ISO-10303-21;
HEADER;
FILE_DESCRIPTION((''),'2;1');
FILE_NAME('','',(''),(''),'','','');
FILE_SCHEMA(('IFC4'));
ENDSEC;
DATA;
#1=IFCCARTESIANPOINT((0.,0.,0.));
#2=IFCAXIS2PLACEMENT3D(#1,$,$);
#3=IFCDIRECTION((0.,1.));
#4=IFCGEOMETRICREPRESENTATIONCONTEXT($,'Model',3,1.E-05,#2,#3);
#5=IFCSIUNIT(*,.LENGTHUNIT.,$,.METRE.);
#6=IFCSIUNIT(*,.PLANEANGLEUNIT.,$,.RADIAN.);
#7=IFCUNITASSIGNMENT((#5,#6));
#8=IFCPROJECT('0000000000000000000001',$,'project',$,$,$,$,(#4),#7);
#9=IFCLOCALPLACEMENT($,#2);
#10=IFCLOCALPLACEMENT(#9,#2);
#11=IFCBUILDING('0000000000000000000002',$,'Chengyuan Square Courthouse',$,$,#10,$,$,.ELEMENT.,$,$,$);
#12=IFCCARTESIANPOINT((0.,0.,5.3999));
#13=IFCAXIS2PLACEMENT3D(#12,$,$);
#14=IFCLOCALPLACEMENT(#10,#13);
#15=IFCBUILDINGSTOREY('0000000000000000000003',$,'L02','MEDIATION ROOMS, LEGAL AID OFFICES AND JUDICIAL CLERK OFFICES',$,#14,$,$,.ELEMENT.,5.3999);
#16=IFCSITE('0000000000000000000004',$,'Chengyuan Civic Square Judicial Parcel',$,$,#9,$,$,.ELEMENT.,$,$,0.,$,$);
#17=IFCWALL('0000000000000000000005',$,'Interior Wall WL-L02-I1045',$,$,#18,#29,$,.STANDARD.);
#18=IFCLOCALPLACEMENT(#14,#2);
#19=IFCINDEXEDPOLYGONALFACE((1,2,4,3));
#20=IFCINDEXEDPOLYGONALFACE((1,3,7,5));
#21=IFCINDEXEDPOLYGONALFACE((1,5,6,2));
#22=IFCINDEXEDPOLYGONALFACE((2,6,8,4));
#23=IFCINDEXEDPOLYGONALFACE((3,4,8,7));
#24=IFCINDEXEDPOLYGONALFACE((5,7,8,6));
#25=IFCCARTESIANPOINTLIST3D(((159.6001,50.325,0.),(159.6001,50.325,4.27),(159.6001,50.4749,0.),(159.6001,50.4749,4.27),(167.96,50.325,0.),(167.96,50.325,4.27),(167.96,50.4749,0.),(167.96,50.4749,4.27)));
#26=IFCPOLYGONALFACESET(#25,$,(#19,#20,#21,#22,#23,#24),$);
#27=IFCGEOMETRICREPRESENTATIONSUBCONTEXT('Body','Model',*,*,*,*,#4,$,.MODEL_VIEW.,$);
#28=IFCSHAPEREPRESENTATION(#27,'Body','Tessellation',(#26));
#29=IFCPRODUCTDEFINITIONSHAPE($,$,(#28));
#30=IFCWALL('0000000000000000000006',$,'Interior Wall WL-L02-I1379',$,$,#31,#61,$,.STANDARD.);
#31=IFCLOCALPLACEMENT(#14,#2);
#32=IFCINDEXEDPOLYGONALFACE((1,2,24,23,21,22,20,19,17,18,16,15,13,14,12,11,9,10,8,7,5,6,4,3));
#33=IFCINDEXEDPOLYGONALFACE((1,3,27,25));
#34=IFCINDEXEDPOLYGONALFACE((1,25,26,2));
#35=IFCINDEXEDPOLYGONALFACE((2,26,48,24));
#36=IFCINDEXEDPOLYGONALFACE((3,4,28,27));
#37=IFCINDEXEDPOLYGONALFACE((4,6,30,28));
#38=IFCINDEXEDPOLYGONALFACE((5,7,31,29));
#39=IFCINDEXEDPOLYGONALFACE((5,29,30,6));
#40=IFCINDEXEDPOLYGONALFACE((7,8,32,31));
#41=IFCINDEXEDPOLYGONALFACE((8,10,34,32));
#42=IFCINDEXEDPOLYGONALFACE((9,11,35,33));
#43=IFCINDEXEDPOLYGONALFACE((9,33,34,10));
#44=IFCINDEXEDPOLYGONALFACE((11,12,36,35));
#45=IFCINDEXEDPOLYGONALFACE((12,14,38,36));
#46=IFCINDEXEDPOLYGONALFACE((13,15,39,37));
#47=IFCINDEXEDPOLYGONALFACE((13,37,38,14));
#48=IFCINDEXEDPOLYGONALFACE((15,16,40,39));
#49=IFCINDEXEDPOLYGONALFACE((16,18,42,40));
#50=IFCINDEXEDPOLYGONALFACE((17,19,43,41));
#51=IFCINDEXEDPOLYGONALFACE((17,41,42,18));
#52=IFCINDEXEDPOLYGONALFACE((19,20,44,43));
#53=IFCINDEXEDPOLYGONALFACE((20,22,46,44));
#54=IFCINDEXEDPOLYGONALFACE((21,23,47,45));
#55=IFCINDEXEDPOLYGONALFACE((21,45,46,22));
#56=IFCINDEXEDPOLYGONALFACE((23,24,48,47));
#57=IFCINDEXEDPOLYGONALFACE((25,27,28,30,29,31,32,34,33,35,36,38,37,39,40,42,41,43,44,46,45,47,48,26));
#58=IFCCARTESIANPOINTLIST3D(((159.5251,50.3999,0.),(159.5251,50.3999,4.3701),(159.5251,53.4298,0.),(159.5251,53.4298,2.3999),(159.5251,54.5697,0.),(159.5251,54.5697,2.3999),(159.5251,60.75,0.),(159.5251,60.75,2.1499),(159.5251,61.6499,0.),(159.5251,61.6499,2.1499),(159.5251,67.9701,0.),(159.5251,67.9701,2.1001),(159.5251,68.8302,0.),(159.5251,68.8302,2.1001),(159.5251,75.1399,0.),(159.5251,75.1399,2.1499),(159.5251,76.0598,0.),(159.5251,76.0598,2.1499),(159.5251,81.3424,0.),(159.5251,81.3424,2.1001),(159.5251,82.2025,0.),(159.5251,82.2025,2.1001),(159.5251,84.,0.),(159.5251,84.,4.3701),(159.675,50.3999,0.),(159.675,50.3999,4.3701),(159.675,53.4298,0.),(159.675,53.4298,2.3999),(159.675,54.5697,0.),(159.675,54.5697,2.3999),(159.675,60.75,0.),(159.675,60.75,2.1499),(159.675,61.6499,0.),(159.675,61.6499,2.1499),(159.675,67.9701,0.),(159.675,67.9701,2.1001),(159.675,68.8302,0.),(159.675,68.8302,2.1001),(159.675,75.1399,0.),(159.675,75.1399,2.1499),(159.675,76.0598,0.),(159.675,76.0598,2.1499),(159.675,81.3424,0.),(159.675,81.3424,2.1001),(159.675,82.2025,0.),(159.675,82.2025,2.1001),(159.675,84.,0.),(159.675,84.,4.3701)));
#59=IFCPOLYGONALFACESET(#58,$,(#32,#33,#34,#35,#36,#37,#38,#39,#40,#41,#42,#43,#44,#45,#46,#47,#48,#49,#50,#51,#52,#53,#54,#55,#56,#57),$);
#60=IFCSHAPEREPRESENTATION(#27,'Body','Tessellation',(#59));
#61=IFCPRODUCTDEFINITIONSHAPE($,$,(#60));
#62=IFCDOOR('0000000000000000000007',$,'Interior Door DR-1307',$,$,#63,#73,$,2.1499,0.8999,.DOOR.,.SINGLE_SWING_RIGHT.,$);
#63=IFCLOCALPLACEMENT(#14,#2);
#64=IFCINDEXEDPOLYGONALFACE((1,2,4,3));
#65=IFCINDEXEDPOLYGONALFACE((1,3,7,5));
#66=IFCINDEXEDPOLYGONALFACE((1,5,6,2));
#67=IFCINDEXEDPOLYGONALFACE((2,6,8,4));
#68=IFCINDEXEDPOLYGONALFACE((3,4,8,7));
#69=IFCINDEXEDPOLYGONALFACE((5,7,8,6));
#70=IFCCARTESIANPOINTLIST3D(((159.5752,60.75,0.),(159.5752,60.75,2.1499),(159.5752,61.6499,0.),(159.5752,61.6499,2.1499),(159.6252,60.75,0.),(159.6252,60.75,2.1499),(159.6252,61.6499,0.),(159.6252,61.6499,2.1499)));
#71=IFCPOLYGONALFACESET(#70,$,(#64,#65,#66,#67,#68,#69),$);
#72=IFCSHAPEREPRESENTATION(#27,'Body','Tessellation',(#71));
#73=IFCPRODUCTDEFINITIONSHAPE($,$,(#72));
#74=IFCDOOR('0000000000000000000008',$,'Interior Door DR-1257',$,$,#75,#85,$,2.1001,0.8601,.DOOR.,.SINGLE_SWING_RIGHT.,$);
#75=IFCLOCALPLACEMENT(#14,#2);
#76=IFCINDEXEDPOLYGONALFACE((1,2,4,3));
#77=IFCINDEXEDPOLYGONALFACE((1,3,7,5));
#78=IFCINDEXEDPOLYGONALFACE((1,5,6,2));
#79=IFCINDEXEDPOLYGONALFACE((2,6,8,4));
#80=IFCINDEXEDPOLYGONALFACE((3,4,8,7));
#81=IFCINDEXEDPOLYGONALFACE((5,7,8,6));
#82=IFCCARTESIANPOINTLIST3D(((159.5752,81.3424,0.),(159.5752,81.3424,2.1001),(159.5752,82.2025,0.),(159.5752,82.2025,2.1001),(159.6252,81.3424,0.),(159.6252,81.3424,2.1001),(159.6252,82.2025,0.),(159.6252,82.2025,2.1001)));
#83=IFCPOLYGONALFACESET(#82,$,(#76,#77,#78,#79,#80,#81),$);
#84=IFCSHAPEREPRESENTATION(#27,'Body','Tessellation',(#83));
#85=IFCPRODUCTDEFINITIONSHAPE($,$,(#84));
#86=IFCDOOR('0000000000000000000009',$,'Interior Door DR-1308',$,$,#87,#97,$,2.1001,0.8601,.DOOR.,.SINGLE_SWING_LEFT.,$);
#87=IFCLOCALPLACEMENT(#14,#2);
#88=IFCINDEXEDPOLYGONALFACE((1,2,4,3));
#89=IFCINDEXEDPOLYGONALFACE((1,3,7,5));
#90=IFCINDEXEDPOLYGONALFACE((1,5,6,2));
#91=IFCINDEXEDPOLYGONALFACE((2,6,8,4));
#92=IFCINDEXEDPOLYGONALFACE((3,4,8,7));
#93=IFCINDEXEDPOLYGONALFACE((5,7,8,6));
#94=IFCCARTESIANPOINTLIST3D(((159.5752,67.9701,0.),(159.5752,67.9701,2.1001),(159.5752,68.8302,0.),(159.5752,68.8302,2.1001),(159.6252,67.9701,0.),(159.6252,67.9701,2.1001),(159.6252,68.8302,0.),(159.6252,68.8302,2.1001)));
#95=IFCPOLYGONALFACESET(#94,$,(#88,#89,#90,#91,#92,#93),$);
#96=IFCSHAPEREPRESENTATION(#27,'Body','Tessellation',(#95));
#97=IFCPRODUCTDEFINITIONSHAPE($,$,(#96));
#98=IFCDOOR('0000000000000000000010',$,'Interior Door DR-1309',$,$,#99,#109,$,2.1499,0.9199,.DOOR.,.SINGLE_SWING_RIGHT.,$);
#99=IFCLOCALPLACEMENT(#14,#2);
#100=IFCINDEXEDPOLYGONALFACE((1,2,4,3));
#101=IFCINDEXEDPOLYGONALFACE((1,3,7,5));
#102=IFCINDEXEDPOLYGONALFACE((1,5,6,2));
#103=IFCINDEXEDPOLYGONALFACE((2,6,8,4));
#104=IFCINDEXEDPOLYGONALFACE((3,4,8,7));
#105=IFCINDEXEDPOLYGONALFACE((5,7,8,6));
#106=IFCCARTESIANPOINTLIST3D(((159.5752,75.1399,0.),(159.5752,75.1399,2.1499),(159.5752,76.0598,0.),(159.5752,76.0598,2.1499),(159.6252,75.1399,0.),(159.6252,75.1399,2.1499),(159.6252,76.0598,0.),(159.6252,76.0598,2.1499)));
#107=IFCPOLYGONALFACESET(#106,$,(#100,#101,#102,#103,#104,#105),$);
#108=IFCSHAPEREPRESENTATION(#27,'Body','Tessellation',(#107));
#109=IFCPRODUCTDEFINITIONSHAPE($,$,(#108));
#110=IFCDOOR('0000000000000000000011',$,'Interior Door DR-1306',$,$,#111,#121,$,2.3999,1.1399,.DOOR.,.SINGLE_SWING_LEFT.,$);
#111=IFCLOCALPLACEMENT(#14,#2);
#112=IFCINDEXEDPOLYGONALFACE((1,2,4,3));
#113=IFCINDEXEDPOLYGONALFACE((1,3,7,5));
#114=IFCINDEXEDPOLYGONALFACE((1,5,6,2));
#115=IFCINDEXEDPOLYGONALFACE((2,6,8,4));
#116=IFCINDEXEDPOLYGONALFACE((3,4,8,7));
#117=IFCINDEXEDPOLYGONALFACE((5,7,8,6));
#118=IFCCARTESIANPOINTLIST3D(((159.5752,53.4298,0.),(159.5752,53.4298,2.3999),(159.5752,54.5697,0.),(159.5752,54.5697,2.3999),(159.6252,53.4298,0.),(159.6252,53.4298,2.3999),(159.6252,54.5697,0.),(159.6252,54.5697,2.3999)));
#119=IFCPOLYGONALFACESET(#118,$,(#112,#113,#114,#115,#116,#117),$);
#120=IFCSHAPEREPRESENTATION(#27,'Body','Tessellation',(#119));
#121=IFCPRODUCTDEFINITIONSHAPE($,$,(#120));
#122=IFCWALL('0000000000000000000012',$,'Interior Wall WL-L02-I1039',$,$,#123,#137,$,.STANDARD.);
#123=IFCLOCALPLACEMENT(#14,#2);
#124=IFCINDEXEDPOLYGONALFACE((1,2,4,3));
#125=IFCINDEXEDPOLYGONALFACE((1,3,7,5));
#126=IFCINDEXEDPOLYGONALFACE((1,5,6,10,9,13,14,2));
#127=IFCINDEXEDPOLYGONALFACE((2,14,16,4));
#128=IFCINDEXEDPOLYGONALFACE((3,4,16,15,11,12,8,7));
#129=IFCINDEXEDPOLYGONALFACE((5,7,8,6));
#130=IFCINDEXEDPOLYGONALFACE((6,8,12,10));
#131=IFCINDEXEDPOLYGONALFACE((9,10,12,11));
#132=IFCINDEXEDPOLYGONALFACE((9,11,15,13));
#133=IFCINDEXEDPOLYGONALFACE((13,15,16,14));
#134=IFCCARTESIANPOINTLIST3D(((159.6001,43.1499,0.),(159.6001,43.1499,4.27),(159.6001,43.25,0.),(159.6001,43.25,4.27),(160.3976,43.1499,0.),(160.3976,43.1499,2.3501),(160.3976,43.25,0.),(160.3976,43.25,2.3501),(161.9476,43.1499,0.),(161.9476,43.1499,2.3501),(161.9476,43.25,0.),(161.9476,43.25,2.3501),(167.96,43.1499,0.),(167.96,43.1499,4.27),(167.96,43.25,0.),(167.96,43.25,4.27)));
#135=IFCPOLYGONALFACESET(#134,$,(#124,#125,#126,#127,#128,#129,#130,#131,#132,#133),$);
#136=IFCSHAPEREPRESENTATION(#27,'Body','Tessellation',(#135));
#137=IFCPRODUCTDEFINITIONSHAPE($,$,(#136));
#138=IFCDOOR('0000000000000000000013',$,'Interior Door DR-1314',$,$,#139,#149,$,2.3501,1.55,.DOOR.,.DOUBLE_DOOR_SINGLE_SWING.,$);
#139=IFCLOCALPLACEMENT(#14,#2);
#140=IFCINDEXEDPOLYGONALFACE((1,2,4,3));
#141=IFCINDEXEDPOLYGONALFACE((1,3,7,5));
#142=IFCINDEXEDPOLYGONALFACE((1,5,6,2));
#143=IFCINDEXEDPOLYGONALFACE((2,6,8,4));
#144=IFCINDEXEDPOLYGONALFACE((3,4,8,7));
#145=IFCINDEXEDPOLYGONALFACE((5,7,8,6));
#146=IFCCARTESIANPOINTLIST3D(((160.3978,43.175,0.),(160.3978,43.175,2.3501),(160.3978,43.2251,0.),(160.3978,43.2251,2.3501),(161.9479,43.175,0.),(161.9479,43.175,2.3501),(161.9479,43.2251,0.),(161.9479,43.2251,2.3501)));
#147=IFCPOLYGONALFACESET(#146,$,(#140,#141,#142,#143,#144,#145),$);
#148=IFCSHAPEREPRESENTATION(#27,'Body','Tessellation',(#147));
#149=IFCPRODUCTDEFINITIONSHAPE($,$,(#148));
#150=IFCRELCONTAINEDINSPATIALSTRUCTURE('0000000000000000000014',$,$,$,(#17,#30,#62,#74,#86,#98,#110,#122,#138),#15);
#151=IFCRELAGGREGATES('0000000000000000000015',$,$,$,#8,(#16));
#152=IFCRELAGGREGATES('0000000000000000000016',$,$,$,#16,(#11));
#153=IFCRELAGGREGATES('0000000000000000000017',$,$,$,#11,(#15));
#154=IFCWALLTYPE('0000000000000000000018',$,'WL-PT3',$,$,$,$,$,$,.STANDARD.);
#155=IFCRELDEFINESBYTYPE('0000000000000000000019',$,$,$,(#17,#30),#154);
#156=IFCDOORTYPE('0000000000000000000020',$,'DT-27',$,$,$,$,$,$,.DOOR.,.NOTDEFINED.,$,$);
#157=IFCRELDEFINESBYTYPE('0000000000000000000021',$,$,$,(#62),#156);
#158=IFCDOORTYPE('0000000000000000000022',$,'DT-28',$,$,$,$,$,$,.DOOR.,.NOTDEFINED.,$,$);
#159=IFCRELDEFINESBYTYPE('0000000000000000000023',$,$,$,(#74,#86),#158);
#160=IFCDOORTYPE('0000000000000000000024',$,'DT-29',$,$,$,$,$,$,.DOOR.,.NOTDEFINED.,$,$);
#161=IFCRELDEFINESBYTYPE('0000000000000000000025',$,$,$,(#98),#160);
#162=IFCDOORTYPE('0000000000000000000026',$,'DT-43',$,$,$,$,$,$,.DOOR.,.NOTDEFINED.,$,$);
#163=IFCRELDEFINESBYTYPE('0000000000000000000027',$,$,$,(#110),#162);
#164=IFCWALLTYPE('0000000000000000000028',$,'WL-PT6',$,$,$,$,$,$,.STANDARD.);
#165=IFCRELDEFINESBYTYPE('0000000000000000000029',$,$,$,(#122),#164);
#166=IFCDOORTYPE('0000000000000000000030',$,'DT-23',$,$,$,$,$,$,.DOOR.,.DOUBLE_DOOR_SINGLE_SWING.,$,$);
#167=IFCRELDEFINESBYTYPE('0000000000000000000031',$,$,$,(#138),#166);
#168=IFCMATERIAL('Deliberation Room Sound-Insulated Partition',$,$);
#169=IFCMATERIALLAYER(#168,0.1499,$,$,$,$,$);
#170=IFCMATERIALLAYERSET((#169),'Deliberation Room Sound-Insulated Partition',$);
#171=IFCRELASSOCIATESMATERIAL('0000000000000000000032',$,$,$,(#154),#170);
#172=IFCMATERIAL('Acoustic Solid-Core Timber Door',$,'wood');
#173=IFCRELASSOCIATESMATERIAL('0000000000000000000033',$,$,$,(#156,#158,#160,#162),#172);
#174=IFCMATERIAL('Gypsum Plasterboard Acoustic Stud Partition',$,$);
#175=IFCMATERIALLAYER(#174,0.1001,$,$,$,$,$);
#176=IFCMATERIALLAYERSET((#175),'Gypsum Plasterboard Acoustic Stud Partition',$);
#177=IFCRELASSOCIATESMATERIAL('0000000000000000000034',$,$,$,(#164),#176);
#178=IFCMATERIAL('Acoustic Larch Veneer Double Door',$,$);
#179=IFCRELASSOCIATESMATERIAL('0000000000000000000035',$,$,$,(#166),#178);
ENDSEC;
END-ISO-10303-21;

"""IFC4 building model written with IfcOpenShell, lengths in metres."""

from ifc_helpers import new_model, si_unit, direction, frame, frame_2d, origin, place, context, subcontext, project, spatial, rectangle, extrude, material, layer, layer_set, type_object, element, fill, save


model = new_model("IFC4")

# Units and contexts
model_context = context("Model", 3, precision=1e-05, world=origin(), true_north=direction((0.0, 1.0)))
body_context = subcontext(model_context, "Body", "Model", "MODEL_VIEW")
ifc_project = project(units=[si_unit("LENGTHUNIT", "METRE"), si_unit("PLANEANGLEUNIT", "RADIAN")], contexts=[model_context])

# Site, building, storey
site_placement = place(None, origin())
site = spatial("IfcSite", under=ifc_project, at=site_placement, Name="Chengyuan Civic Square Judicial Parcel", CompositionType="ELEMENT", RefElevation=0.0)
building_placement = place(site_placement, origin())
building = spatial("IfcBuilding", under=site, at=building_placement, Name="Chengyuan Square Courthouse", CompositionType="ELEMENT")
storey_placement = place(building_placement, frame((0.0, 0.0, 5.3999)))
storey = spatial("IfcBuildingStorey", under=building, at=storey_placement, Name="L02", Description="MEDIATION ROOMS, LEGAL AID OFFICES AND JUDICIAL CLERK OFFICES", CompositionType="ELEMENT", Elevation=5.3999)

# Wall
ifc_material_1 = material(Name="Deliberation Room Sound-Insulated Partition")
ifc_layer_1 = layer(ifc_material_1, 0.1499)
ifc_layer_set_1 = layer_set([ifc_layer_1], Name="Deliberation Room Sound-Insulated Partition")
wall_type_1 = type_object("IfcWallType", Name="WL-PT3", PredefinedType="STANDARD", material=ifc_layer_set_1)
wall_1_placement = place(storey_placement, frame((159.6001, 50.3999, 0.0), z_axis=(0.0, 0.0, 1.0), x_axis=(1.0, 0.0, 0.0)))
element("IfcWall", 1, at=wall_1_placement, inside=storey, type_object=wall_type_1, Name="Interior Wall WL-L02-I1045", PredefinedType="STANDARD", context=body_context, shape_type="SweptSolid", body=[
    extrude(rectangle(XDim=8.3599, YDim=0.1499, at=frame_2d((4.1799, 0.0))), origin(), (0.0, 0.0, 1.0), 4.27),
])

# Wall, openings, doors
wall_2_placement = place(storey_placement, frame((159.6001, 50.3999, 0.0), z_axis=(0.0, 0.0, 1.0), x_axis=(0.0, 1.0, 0.0)))
wall_2 = element("IfcWall", 2, at=wall_2_placement, inside=storey, type_object=wall_type_1, Name="Interior Wall WL-L02-I1379", PredefinedType="STANDARD", context=body_context, shape_type="SweptSolid", body=[
    extrude(rectangle(XDim=33.6001, YDim=0.1499, at=frame_2d((16.8, 0.0))), origin(), (0.0, 0.0, 1.0), 4.3701),
])
opening_1_placement = place(wall_2_placement, frame((30.9424, 0.0, 0.0)))
opening_1 = element("IfcOpeningElement", 3, at=opening_1_placement, cuts=wall_2, PredefinedType="OPENING", context=body_context, shape_type="SweptSolid", body=[
    extrude(rectangle(XDim=0.8601, YDim=2.1001, at=frame_2d((0.4302, 1.05))), frame((0.0, 0.0869, 0.0), z_axis=(0.0, -1.0, 0.0), x_axis=(1.0, 0.0, 0.0)), (0.0, 0.0, 1.0), 0.1738),
])
opening_2_placement = place(wall_2_placement, frame((3.03, 0.0, 0.0)))
opening_2 = element("IfcOpeningElement", 4, at=opening_2_placement, cuts=wall_2, PredefinedType="OPENING", context=body_context, shape_type="SweptSolid", body=[
    extrude(rectangle(XDim=1.1399, YDim=2.3999, at=frame_2d((0.5698, 1.2))), frame((0.0, 0.0869, 0.0), z_axis=(0.0, -1.0, 0.0), x_axis=(1.0, 0.0, 0.0)), (0.0, 0.0, 1.0), 0.1738),
])
opening_3_placement = place(wall_2_placement, frame((10.3501, 0.0, 0.0)))
opening_3 = element("IfcOpeningElement", 5, at=opening_3_placement, cuts=wall_2, PredefinedType="OPENING", context=body_context, shape_type="SweptSolid", body=[
    extrude(rectangle(XDim=0.8999, YDim=2.1499, at=frame_2d((0.45, 1.075))), frame((0.0, 0.0869, 0.0), z_axis=(0.0, -1.0, 0.0), x_axis=(1.0, 0.0, 0.0)), (0.0, 0.0, 1.0), 0.1738),
])
opening_4_placement = place(wall_2_placement, frame((17.5701, 0.0, 0.0)))
opening_4 = element("IfcOpeningElement", 6, at=opening_4_placement, cuts=wall_2, PredefinedType="OPENING", context=body_context, shape_type="SweptSolid", body=[
    extrude(rectangle(XDim=0.8601, YDim=2.1001, at=frame_2d((0.4302, 1.05))), frame((0.0, 0.0869, 0.0), z_axis=(0.0, -1.0, 0.0), x_axis=(1.0, 0.0, 0.0)), (0.0, 0.0, 1.0), 0.1738),
])
opening_5_placement = place(wall_2_placement, frame((24.74, 0.0, 0.0)))
opening_5 = element("IfcOpeningElement", 7, at=opening_5_placement, cuts=wall_2, PredefinedType="OPENING", context=body_context, shape_type="SweptSolid", body=[
    extrude(rectangle(XDim=0.9199, YDim=2.1499, at=frame_2d((0.46, 1.075))), frame((0.0, 0.0869, 0.0), z_axis=(0.0, -1.0, 0.0), x_axis=(1.0, 0.0, 0.0)), (0.0, 0.0, 1.0), 0.1738),
])
ifc_material_2 = material(Name="Acoustic Solid-Core Timber Door", Category="wood")
door_type_1 = type_object("IfcDoorType", Name="DT-27", OperationType="NOTDEFINED", PredefinedType="DOOR", material=ifc_material_2)
door_1_placement = place(opening_3_placement, origin())
door_1 = element("IfcDoor", 8, at=door_1_placement, inside=storey, type_object=door_type_1, Name="Interior Door DR-1307", OperationType="SINGLE_SWING_RIGHT", OverallHeight=2.1499, OverallWidth=0.8999, PredefinedType="DOOR", context=body_context, shape_type="SweptSolid", body=[
    extrude(rectangle(XDim=0.8999, YDim=2.1499, at=frame_2d((0.45, 1.075))), frame((0.0, 0.0249, 0.0), z_axis=(0.0, -1.0, 0.0), x_axis=(1.0, 0.0, 0.0)), (0.0, 0.0, 1.0), 0.05),
])
fill(opening_3, door_1)
door_type_2 = type_object("IfcDoorType", Name="DT-28", OperationType="NOTDEFINED", PredefinedType="DOOR", material=ifc_material_2)
door_2_placement = place(opening_1_placement, origin())
door_2 = element("IfcDoor", 9, at=door_2_placement, inside=storey, type_object=door_type_2, Name="Interior Door DR-1257", OperationType="SINGLE_SWING_RIGHT", OverallHeight=2.1001, OverallWidth=0.8601, PredefinedType="DOOR", context=body_context, shape_type="SweptSolid", body=[
    extrude(rectangle(XDim=0.8601, YDim=2.1001, at=frame_2d((0.4302, 1.05))), frame((0.0, 0.0249, 0.0), z_axis=(0.0, -1.0, 0.0), x_axis=(1.0, 0.0, 0.0)), (0.0, 0.0, 1.0), 0.05),
])
fill(opening_1, door_2)
door_3_placement = place(opening_4_placement, origin())
door_3 = element("IfcDoor", 10, at=door_3_placement, inside=storey, type_object=door_type_2, Name="Interior Door DR-1308", OperationType="SINGLE_SWING_LEFT", OverallHeight=2.1001, OverallWidth=0.8601, PredefinedType="DOOR", context=body_context, shape_type="SweptSolid", body=[
    extrude(rectangle(XDim=0.8601, YDim=2.1001, at=frame_2d((0.4302, 1.05))), frame((0.0, 0.0249, 0.0), z_axis=(0.0, -1.0, 0.0), x_axis=(1.0, 0.0, 0.0)), (0.0, 0.0, 1.0), 0.05),
])
fill(opening_4, door_3)
door_type_3 = type_object("IfcDoorType", Name="DT-29", OperationType="NOTDEFINED", PredefinedType="DOOR", material=ifc_material_2)
door_4_placement = place(opening_5_placement, origin())
door_4 = element("IfcDoor", 11, at=door_4_placement, inside=storey, type_object=door_type_3, Name="Interior Door DR-1309", OperationType="SINGLE_SWING_RIGHT", OverallHeight=2.1499, OverallWidth=0.9199, PredefinedType="DOOR", context=body_context, shape_type="SweptSolid", body=[
    extrude(rectangle(XDim=0.9199, YDim=2.1499, at=frame_2d((0.46, 1.075))), frame((0.0, 0.0249, 0.0), z_axis=(0.0, -1.0, 0.0), x_axis=(1.0, 0.0, 0.0)), (0.0, 0.0, 1.0), 0.05),
])
fill(opening_5, door_4)
door_type_4 = type_object("IfcDoorType", Name="DT-43", OperationType="NOTDEFINED", PredefinedType="DOOR", material=ifc_material_2)
door_5_placement = place(opening_2_placement, origin())
door_5 = element("IfcDoor", 12, at=door_5_placement, inside=storey, type_object=door_type_4, Name="Interior Door DR-1306", OperationType="SINGLE_SWING_LEFT", OverallHeight=2.3999, OverallWidth=1.1399, PredefinedType="DOOR", context=body_context, shape_type="SweptSolid", body=[
    extrude(rectangle(XDim=1.1399, YDim=2.3999, at=frame_2d((0.5698, 1.2))), frame((0.0, 0.0249, 0.0), z_axis=(0.0, -1.0, 0.0), x_axis=(1.0, 0.0, 0.0)), (0.0, 0.0, 1.0), 0.05),
])
fill(opening_2, door_5)

# Wall, opening, door
ifc_material_3 = material(Name="Gypsum Plasterboard Acoustic Stud Partition")
ifc_layer_2 = layer(ifc_material_3, 0.1001)
ifc_layer_set_2 = layer_set([ifc_layer_2], Name="Gypsum Plasterboard Acoustic Stud Partition")
wall_type_2 = type_object("IfcWallType", Name="WL-PT6", PredefinedType="STANDARD", material=ifc_layer_set_2)
wall_3_placement = place(storey_placement, frame((159.6001, 43.2, 0.0), z_axis=(0.0, 0.0, 1.0), x_axis=(1.0, 0.0, 0.0)))
wall_3 = element("IfcWall", 13, at=wall_3_placement, inside=storey, type_object=wall_type_2, Name="Interior Wall WL-L02-I1039", PredefinedType="STANDARD", context=body_context, shape_type="SweptSolid", body=[
    extrude(rectangle(XDim=8.3599, YDim=0.1001, at=frame_2d((4.1799, 0.0))), origin(), (0.0, 0.0, 1.0), 4.27),
])
opening_6_placement = place(wall_3_placement, frame((0.7976, 0.0, 0.0)))
opening_6 = element("IfcOpeningElement", 14, at=opening_6_placement, cuts=wall_3, PredefinedType="OPENING", context=body_context, shape_type="SweptSolid", body=[
    extrude(rectangle(XDim=1.55, YDim=2.3501, at=frame_2d((0.7749, 1.175))), frame((0.0, 0.062, 0.0), z_axis=(0.0, -1.0, 0.0), x_axis=(1.0, 0.0, 0.0)), (0.0, 0.0, 1.0), 0.124),
])
ifc_material_4 = material(Name="Acoustic Larch Veneer Double Door")
door_type_5 = type_object("IfcDoorType", Name="DT-23", OperationType="DOUBLE_DOOR_SINGLE_SWING", PredefinedType="DOOR", material=ifc_material_4)
door_6_placement = place(opening_6_placement, frame((1.55, 0.0, 0.0), z_axis=(0.0, 0.0, 1.0), x_axis=(-1.0, 0.0, 0.0)))
door_6 = element("IfcDoor", 15, at=door_6_placement, inside=storey, type_object=door_type_5, Name="Interior Door DR-1314", OperationType="DOUBLE_DOOR_SINGLE_SWING", OverallHeight=2.3501, OverallWidth=1.55, PredefinedType="DOOR", context=body_context, shape_type="SweptSolid", body=[
    extrude(rectangle(XDim=1.55, YDim=2.3501, at=frame_2d((0.7749, 1.175))), frame((0.0, 0.0249, 0.0), z_axis=(0.0, -1.0, 0.0), x_axis=(1.0, 0.0, 0.0)), (0.0, 0.0, 1.0), 0.05),
])
fill(opening_6, door_6)

save(model, "model.ifc")
